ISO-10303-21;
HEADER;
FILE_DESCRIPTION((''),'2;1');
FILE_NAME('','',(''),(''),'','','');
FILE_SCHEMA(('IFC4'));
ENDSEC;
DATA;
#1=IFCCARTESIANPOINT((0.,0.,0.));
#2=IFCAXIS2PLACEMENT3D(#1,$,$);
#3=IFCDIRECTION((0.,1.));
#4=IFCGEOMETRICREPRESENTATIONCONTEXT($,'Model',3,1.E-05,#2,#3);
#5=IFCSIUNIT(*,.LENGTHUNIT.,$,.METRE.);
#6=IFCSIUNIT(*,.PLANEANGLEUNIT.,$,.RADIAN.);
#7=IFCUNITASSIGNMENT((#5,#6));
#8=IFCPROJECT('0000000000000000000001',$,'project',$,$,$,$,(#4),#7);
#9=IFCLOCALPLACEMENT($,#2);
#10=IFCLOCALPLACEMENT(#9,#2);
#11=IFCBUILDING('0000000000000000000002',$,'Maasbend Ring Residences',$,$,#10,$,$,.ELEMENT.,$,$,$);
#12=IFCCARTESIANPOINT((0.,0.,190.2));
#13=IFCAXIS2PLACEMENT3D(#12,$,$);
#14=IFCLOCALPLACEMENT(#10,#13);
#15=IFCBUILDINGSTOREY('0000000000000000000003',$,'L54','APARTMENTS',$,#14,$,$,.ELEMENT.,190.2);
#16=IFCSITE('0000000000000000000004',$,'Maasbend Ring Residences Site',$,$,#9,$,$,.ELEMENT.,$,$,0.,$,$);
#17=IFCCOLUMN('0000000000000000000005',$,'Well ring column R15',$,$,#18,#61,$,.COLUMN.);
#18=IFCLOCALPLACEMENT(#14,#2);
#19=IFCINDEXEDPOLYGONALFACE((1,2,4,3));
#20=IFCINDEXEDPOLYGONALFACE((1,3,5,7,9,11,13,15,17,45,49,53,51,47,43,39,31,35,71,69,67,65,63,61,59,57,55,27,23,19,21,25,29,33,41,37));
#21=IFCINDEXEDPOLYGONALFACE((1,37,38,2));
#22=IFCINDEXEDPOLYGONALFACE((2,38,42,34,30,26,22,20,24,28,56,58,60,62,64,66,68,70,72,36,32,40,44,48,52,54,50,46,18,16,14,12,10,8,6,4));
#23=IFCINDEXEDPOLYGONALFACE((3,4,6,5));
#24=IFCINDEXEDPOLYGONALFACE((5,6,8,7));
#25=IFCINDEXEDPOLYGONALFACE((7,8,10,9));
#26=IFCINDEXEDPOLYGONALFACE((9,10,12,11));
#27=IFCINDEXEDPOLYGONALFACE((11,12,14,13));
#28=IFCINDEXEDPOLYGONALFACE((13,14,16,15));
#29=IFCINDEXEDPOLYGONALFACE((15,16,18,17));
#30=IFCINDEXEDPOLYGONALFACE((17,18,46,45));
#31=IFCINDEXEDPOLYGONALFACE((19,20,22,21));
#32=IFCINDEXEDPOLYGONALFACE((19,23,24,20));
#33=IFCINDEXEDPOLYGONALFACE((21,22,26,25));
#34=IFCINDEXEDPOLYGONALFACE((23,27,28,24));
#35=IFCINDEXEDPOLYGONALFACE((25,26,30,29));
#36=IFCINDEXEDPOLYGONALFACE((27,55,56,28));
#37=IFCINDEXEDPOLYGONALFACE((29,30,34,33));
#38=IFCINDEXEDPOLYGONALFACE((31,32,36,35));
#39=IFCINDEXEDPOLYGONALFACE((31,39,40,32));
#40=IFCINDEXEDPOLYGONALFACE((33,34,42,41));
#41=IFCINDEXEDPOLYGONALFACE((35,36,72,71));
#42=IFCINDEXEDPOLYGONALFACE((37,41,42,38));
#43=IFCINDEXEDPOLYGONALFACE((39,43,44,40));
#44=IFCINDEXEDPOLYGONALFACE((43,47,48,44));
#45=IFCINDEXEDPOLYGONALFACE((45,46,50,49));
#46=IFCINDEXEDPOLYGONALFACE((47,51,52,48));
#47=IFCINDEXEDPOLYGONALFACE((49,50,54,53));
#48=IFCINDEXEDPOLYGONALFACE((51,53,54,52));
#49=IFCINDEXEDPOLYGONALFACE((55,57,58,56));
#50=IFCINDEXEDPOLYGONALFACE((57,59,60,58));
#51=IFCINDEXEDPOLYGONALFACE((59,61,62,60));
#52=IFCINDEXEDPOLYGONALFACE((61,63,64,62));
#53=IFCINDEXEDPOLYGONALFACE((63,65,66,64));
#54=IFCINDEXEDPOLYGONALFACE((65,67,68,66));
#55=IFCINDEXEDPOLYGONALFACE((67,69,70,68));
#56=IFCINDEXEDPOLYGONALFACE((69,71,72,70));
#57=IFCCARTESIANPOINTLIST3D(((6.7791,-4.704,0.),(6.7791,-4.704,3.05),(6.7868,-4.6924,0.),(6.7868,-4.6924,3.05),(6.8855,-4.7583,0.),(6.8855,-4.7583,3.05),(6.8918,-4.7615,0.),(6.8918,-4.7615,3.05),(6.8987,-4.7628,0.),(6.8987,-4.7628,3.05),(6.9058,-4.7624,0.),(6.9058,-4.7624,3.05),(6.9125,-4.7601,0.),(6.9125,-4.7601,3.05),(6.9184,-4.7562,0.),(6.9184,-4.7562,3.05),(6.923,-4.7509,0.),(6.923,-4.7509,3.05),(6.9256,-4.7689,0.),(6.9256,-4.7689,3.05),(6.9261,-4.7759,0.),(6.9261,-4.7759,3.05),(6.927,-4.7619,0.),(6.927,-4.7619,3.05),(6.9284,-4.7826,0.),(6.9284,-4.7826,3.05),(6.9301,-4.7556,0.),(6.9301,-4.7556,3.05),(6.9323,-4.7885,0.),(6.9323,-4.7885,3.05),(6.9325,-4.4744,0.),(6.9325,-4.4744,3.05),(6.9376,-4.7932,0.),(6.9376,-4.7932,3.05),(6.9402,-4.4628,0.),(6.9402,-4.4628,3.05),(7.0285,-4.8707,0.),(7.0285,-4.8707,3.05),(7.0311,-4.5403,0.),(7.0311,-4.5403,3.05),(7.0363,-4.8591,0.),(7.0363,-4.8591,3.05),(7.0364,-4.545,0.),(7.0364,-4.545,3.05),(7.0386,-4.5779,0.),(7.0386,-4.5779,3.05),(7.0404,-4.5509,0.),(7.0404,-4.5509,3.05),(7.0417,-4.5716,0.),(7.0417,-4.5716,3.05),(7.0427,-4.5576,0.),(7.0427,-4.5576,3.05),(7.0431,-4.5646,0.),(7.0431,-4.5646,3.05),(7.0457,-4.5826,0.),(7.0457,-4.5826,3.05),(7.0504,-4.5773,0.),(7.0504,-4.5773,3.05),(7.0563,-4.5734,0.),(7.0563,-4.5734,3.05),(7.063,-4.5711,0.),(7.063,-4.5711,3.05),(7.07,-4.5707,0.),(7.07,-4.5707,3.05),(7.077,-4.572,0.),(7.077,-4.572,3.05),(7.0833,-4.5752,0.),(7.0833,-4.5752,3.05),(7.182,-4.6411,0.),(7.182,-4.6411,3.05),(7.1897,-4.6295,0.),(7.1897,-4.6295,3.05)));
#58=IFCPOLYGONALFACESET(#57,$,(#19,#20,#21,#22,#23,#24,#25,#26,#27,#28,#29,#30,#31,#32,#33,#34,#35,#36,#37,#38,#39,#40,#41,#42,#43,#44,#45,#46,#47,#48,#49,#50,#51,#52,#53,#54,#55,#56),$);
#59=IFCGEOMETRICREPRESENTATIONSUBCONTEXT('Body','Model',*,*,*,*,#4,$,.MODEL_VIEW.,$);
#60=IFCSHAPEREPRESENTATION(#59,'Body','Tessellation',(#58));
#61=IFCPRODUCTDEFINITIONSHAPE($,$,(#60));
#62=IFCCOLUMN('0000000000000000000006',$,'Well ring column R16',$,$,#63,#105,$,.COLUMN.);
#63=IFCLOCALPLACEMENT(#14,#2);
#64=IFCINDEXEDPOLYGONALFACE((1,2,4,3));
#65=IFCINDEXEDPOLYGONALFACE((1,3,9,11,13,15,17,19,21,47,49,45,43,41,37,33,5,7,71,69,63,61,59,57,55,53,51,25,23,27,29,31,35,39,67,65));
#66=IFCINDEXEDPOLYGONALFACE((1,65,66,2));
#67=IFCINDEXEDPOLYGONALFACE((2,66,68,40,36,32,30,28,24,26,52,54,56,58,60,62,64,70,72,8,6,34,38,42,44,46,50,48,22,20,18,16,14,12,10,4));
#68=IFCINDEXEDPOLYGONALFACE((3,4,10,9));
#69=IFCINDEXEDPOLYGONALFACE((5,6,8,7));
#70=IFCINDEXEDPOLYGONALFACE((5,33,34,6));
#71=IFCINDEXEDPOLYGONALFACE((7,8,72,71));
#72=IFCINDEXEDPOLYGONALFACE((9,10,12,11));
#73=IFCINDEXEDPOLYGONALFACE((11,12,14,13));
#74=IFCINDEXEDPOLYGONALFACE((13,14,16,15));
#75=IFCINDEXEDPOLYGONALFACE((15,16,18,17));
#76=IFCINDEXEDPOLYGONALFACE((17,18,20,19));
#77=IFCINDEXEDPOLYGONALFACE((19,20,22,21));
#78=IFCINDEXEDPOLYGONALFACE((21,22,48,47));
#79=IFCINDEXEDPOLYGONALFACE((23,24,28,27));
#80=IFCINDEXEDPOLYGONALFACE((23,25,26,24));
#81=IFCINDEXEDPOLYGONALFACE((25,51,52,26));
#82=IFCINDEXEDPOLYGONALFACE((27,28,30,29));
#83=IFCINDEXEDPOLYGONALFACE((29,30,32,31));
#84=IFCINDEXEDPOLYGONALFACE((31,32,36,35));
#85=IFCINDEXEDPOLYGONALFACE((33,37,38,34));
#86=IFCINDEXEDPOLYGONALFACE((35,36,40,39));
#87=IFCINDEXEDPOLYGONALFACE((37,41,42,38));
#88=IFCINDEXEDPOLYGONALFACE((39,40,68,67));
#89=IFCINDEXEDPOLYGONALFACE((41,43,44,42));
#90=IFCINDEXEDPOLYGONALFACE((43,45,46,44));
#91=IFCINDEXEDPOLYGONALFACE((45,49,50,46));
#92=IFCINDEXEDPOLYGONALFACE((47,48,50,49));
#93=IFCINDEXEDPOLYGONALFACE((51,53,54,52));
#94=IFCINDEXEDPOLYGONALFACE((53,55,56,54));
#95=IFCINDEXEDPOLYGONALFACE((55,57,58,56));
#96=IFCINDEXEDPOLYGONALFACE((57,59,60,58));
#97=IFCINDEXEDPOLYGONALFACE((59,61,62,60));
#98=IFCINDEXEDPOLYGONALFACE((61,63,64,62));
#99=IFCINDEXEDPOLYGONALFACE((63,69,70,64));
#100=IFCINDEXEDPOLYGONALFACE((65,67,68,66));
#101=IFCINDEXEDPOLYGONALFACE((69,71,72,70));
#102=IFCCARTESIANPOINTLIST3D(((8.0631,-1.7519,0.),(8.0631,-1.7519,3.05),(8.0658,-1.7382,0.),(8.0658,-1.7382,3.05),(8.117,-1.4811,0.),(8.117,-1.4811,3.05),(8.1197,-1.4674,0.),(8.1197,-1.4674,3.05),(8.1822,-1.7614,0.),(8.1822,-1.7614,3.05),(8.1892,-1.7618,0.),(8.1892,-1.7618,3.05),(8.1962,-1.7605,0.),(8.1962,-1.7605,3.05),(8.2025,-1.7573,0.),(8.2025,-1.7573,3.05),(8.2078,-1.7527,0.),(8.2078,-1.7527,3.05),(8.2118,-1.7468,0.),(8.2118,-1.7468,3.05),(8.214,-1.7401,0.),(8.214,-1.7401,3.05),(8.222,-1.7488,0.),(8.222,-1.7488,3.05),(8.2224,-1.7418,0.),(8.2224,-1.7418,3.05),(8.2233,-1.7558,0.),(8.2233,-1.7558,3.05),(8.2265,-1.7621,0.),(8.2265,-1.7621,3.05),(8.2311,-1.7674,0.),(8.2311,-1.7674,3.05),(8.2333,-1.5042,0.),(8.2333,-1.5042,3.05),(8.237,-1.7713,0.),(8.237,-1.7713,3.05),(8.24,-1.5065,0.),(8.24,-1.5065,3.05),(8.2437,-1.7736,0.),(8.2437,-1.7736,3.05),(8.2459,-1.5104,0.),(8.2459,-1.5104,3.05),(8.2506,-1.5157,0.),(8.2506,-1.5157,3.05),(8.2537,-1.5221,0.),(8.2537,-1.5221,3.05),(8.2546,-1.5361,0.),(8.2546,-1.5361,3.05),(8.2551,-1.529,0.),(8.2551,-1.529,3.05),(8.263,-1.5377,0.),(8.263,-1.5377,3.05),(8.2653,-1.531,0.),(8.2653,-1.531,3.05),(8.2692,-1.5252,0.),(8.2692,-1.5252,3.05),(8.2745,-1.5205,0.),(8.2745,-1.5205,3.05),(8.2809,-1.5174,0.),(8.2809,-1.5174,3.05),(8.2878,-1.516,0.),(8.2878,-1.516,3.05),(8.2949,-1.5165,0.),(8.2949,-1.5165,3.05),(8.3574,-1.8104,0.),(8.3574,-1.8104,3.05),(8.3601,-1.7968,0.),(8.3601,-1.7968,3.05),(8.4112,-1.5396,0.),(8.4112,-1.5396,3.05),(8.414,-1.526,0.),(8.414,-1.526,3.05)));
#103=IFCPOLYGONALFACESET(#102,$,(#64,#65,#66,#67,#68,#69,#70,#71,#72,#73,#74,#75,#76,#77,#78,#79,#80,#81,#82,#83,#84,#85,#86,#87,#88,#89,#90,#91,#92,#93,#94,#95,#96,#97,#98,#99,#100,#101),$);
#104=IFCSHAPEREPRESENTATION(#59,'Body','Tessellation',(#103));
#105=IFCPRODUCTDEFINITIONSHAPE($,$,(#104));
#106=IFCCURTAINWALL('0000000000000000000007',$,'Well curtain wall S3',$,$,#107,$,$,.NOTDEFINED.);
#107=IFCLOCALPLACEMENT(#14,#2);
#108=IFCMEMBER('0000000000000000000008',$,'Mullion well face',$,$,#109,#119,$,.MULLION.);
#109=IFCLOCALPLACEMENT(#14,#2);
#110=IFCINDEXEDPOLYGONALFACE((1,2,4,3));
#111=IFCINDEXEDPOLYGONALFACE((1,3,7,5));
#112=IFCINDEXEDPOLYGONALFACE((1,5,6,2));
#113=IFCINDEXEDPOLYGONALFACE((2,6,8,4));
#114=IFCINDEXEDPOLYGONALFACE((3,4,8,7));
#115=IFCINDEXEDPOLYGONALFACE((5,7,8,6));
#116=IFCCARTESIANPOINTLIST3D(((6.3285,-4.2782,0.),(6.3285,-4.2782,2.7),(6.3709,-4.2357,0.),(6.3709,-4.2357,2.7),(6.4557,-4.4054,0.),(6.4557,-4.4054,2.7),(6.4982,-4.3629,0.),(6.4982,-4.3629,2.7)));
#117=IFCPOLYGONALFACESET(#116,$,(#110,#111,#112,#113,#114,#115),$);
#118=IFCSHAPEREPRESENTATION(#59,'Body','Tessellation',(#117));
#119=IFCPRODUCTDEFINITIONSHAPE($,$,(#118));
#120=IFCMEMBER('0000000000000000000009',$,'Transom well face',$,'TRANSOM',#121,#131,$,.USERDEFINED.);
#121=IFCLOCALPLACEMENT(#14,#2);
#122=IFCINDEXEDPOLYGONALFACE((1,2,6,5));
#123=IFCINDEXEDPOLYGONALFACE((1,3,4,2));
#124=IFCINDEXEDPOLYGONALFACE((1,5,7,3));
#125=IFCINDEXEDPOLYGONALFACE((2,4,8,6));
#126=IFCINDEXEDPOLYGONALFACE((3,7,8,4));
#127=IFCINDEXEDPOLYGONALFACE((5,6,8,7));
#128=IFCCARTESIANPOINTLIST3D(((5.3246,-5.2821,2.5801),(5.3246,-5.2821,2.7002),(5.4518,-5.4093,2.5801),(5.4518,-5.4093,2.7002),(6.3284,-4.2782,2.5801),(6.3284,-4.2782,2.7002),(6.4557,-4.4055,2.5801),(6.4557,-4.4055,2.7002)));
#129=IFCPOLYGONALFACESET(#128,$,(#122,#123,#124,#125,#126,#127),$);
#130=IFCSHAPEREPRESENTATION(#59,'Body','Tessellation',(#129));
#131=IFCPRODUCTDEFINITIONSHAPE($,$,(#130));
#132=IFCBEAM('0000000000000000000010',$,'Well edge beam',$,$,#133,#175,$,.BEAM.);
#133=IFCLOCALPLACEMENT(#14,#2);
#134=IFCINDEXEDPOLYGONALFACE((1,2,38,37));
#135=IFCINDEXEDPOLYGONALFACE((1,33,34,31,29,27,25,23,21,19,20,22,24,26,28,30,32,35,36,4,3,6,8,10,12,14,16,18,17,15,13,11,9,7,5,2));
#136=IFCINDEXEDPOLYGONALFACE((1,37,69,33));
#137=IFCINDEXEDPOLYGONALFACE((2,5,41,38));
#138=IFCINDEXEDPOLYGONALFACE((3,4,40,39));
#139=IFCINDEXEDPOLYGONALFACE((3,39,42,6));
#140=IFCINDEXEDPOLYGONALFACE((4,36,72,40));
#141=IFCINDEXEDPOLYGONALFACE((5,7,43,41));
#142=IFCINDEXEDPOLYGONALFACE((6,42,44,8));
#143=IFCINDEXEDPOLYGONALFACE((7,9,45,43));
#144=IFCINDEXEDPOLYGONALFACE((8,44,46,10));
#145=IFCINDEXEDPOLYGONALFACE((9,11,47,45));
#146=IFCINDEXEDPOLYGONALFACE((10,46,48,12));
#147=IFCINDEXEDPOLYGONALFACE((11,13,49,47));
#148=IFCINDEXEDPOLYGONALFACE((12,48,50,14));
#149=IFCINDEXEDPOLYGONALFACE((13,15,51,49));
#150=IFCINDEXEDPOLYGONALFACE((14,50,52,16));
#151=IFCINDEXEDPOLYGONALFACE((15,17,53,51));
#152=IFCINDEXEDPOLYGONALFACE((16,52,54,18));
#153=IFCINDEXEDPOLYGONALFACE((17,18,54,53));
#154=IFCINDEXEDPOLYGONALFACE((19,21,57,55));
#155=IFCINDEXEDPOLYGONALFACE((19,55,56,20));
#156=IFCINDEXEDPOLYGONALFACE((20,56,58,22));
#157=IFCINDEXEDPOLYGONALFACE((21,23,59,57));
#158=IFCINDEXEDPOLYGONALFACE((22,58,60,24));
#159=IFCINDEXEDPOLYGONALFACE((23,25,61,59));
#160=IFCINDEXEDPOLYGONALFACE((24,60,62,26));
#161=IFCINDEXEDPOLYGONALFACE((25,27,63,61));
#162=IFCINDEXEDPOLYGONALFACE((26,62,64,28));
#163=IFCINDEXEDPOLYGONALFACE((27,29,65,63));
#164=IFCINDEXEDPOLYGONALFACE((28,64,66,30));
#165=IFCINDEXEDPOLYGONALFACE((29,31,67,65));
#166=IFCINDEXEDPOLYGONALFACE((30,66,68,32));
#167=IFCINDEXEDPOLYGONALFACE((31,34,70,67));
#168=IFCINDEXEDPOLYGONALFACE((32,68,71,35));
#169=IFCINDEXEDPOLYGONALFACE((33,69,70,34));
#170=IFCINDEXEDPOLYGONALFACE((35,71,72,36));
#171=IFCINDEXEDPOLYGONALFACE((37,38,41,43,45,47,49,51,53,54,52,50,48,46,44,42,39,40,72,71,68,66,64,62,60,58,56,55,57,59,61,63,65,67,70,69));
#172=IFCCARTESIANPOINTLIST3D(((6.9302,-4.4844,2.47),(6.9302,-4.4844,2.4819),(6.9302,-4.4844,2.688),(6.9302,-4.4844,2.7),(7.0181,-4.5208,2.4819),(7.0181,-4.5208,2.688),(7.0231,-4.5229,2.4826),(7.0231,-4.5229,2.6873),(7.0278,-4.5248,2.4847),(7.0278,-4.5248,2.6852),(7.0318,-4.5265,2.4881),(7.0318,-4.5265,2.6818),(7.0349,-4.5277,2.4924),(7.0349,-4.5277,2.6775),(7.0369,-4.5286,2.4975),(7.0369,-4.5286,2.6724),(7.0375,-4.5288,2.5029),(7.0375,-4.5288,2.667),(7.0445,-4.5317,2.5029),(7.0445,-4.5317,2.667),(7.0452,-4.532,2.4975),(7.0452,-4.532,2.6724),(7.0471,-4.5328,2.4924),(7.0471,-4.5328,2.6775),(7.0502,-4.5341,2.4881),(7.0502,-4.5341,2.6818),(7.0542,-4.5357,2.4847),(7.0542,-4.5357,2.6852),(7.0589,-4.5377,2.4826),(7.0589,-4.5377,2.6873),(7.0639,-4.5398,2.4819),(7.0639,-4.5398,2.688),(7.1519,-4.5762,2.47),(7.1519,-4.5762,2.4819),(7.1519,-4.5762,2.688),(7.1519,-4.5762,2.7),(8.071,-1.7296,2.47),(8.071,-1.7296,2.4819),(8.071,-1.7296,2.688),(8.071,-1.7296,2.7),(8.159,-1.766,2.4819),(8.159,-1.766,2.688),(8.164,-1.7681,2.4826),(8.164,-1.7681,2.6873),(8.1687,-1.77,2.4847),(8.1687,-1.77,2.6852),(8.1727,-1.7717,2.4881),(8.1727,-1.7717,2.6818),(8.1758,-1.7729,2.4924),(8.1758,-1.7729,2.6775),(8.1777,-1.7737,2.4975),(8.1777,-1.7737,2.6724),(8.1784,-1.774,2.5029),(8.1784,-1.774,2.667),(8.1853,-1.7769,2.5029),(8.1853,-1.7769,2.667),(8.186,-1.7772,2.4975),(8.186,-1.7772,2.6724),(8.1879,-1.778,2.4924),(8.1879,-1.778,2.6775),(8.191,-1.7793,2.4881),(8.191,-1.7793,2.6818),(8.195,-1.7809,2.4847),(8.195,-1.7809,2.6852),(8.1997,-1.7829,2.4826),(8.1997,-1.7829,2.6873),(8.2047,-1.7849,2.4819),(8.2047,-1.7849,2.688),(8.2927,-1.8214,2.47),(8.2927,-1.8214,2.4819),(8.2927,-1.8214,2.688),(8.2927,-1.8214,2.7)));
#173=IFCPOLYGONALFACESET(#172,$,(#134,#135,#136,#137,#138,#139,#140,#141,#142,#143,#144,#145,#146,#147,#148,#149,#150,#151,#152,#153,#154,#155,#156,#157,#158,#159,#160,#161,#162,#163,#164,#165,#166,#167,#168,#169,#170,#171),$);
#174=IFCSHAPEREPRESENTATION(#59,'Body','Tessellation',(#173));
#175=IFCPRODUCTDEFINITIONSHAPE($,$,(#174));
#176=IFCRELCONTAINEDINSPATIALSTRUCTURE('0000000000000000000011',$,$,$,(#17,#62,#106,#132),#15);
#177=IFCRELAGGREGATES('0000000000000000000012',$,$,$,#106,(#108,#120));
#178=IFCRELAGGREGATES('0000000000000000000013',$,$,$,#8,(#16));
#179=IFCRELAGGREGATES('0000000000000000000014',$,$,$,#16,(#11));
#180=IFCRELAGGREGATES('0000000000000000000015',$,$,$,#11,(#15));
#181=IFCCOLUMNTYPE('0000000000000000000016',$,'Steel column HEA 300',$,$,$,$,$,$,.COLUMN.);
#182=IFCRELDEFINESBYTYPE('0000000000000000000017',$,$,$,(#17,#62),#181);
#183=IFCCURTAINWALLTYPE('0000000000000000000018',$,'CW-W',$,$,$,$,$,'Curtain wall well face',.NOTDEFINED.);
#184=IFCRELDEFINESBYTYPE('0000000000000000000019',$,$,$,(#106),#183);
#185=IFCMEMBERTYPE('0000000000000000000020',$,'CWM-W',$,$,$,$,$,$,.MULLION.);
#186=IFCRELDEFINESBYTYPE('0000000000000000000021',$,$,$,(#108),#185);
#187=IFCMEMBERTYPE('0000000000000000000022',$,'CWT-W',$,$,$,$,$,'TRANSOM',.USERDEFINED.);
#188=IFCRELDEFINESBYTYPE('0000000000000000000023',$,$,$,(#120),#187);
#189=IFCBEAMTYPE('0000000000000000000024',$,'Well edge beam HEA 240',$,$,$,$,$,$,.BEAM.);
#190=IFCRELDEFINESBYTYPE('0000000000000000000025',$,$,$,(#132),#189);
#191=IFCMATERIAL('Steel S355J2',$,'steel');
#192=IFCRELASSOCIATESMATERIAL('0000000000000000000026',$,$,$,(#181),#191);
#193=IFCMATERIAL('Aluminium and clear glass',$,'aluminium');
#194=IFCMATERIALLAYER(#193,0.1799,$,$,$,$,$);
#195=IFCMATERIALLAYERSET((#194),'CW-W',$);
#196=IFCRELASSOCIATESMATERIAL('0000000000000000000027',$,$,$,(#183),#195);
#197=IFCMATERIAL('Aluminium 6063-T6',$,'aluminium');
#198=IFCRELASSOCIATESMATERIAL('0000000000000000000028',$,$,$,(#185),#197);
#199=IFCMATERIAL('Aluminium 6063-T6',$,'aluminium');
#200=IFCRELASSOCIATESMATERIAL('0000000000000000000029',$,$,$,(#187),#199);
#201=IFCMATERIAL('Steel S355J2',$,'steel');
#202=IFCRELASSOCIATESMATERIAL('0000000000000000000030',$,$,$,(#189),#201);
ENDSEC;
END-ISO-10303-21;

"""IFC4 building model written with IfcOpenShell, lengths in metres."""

from ifc_helpers import new_model, si_unit, direction, frame, origin, origin_2d, place, context, subcontext, project, spatial, rectangle, i_section, extrude, material, layer, layer_set, material_profile, profile_set, type_object, element, aggregate, save


model = new_model("IFC4")

# Units and contexts
model_context = context("Model", 3, precision=1e-05, world=origin(), true_north=direction((0.0, 1.0)))
body_context = subcontext(model_context, "Body", "Model", "MODEL_VIEW")
ifc_project = project(units=[si_unit("LENGTHUNIT", "METRE"), si_unit("PLANEANGLEUNIT", "RADIAN")], contexts=[model_context])

# Site, building, storey
site_placement = place(None, origin())
site = spatial("IfcSite", under=ifc_project, at=site_placement, Name="Maasbend Ring Residences Site", CompositionType="ELEMENT", RefElevation=0.0)
building_placement = place(site_placement, origin())
building = spatial("IfcBuilding", under=site, at=building_placement, Name="Maasbend Ring Residences", CompositionType="ELEMENT")
storey_placement = place(building_placement, frame((0.0, 0.0, 190.2)))
storey = spatial("IfcBuildingStorey", under=building, at=storey_placement, Name="L54", Description="APARTMENTS", CompositionType="ELEMENT", Elevation=190.2)

# Columns
ifc_material_1 = material(Name="Steel S355J2", Category="steel")
ifc_material_profile_1 = material_profile(ifc_material_1, i_section(OverallWidth=0.3, OverallDepth=0.29, WebThickness=0.0085, FlangeThickness=0.0139, FilletRadius=0.0271, at=origin_2d()), Name="HEA 300")
ifc_profile_set_1 = profile_set([ifc_material_profile_1], Name="Steel S355J2")
column_type = type_object("IfcColumnType", Name="Steel column HEA 300", PredefinedType="COLUMN", material=ifc_profile_set_1)
for number, where, z_axis, x_axis, name in (
    (1, (6.9844, -4.6667, 0.0), (0.0, 0.0, 1.0), (0.83147, -0.55557, 0.0), "Well ring column R15"),
    (2, (8.2385, -1.6389, 0.0), (0.0, 0.0, 1.0), (0.980785, -0.19509, 0.0), "Well ring column R16"),
):
    element("IfcColumn", number, at=place(storey_placement, frame(where, z_axis=z_axis, x_axis=x_axis)), inside=storey, type_object=column_type, Name=name, PredefinedType="COLUMN", context=body_context, shape_type="SweptSolid", body=[
        extrude(i_section(OverallWidth=0.3, OverallDepth=0.29, WebThickness=0.0085, FlangeThickness=0.0139, FilletRadius=0.0271, at=origin_2d()), origin(), (0.0, 0.0, 1.0), 3.05),
    ])

# Curtain wall, members
ifc_material_2 = material(Name="Aluminium and clear glass", Category="aluminium")
ifc_layer_1 = layer(ifc_material_2, 0.1799)
ifc_layer_set_1 = layer_set([ifc_layer_1], Name="CW-W")
curtain_wall_type = type_object("IfcCurtainWallType", Name="CW-W", ElementType="Curtain wall well face", PredefinedType="NOTDEFINED", material=ifc_layer_set_1)
curtain_wall_placement = place(storey_placement, origin())
curtain_wall = element("IfcCurtainWall", 3, at=curtain_wall_placement, inside=storey, type_object=curtain_wall_type, Name="Well curtain wall S3", PredefinedType="NOTDEFINED")
ifc_material_3 = material(Name="Aluminium 6063-T6", Category="aluminium")
ifc_material_profile_2 = material_profile(ifc_material_3, rectangle(XDim=0.1799, YDim=0.0601, at=origin_2d()), Name="AL 180x60")
ifc_profile_set_2 = profile_set([ifc_material_profile_2], Name="Aluminium 6063-T6")
member_type_1 = type_object("IfcMemberType", Name="CWM-W", PredefinedType="MULLION", material=ifc_profile_set_2)
member_1_placement = place(storey_placement, frame((6.4133, -4.3206, 0.0), z_axis=(0.0, 0.0, 1.0), x_axis=(-0.707107, 0.707107, 0.0)))
member_1 = element("IfcMember", 4, at=member_1_placement, type_object=member_type_1, Name="Mullion well face", PredefinedType="MULLION", context=body_context, shape_type="SweptSolid", body=[
    extrude(rectangle(XDim=0.1799, YDim=0.0601, at=origin_2d()), origin(), (0.0, 0.0, 1.0), 2.7),
])
ifc_material_4 = material(Name="Aluminium 6063-T6", Category="aluminium")
ifc_material_profile_3 = material_profile(ifc_material_4, rectangle(XDim=0.1799, YDim=0.1201, at=origin_2d()), Name="AL 180x120")
ifc_profile_set_3 = profile_set([ifc_material_profile_3], Name="Aluminium 6063-T6")
member_type_2 = type_object("IfcMemberType", Name="CWT-W", ElementType="TRANSOM", PredefinedType="USERDEFINED", material=ifc_profile_set_3)
member_2_placement = place(storey_placement, frame((5.3882, -5.3457, 2.6401), z_axis=(0.707107, 0.707107, 0.0), x_axis=(-0.707107, 0.707107, 0.0)))
member_2 = element("IfcMember", 5, at=member_2_placement, type_object=member_type_2, Name="Transom well face", ObjectType="TRANSOM", PredefinedType="USERDEFINED", context=body_context, shape_type="SweptSolid", body=[
    extrude(rectangle(XDim=0.1799, YDim=0.1201, at=origin_2d()), origin(), (0.0, 0.0, 1.0), 1.4197),
])

# Beam
ifc_material_5 = material(Name="Steel S355J2", Category="steel")
ifc_material_profile_4 = material_profile(ifc_material_5, i_section(OverallWidth=0.24, OverallDepth=0.23, WebThickness=0.0076, FlangeThickness=0.012, FilletRadius=0.021, at=origin_2d()), Name="HEA 240")
ifc_profile_set_4 = profile_set([ifc_material_profile_4], Name="Steel S355J2")
beam_type = type_object("IfcBeamType", Name="Well edge beam HEA 240", PredefinedType="BEAM", material=ifc_profile_set_4)
beam_1_placement = place(storey_placement, frame((7.041, -4.5303, 2.585), z_axis=(0.382615, 0.923908, 0.0), x_axis=(-0.923908, 0.382615, 0.0)))
element("IfcBeam", 6, at=beam_1_placement, inside=storey, type_object=beam_type, Name="Well edge beam", PredefinedType="BEAM", context=body_context, shape_type="SweptSolid", body=[
    extrude(i_section(OverallWidth=0.24, OverallDepth=0.23, WebThickness=0.0076, FlangeThickness=0.012, FilletRadius=0.021, at=origin_2d()), origin(), (0.0, 0.0, 1.0), 2.9817),
])

aggregate(curtain_wall, [member_1, member_2])

save(model, "model.ifc")
